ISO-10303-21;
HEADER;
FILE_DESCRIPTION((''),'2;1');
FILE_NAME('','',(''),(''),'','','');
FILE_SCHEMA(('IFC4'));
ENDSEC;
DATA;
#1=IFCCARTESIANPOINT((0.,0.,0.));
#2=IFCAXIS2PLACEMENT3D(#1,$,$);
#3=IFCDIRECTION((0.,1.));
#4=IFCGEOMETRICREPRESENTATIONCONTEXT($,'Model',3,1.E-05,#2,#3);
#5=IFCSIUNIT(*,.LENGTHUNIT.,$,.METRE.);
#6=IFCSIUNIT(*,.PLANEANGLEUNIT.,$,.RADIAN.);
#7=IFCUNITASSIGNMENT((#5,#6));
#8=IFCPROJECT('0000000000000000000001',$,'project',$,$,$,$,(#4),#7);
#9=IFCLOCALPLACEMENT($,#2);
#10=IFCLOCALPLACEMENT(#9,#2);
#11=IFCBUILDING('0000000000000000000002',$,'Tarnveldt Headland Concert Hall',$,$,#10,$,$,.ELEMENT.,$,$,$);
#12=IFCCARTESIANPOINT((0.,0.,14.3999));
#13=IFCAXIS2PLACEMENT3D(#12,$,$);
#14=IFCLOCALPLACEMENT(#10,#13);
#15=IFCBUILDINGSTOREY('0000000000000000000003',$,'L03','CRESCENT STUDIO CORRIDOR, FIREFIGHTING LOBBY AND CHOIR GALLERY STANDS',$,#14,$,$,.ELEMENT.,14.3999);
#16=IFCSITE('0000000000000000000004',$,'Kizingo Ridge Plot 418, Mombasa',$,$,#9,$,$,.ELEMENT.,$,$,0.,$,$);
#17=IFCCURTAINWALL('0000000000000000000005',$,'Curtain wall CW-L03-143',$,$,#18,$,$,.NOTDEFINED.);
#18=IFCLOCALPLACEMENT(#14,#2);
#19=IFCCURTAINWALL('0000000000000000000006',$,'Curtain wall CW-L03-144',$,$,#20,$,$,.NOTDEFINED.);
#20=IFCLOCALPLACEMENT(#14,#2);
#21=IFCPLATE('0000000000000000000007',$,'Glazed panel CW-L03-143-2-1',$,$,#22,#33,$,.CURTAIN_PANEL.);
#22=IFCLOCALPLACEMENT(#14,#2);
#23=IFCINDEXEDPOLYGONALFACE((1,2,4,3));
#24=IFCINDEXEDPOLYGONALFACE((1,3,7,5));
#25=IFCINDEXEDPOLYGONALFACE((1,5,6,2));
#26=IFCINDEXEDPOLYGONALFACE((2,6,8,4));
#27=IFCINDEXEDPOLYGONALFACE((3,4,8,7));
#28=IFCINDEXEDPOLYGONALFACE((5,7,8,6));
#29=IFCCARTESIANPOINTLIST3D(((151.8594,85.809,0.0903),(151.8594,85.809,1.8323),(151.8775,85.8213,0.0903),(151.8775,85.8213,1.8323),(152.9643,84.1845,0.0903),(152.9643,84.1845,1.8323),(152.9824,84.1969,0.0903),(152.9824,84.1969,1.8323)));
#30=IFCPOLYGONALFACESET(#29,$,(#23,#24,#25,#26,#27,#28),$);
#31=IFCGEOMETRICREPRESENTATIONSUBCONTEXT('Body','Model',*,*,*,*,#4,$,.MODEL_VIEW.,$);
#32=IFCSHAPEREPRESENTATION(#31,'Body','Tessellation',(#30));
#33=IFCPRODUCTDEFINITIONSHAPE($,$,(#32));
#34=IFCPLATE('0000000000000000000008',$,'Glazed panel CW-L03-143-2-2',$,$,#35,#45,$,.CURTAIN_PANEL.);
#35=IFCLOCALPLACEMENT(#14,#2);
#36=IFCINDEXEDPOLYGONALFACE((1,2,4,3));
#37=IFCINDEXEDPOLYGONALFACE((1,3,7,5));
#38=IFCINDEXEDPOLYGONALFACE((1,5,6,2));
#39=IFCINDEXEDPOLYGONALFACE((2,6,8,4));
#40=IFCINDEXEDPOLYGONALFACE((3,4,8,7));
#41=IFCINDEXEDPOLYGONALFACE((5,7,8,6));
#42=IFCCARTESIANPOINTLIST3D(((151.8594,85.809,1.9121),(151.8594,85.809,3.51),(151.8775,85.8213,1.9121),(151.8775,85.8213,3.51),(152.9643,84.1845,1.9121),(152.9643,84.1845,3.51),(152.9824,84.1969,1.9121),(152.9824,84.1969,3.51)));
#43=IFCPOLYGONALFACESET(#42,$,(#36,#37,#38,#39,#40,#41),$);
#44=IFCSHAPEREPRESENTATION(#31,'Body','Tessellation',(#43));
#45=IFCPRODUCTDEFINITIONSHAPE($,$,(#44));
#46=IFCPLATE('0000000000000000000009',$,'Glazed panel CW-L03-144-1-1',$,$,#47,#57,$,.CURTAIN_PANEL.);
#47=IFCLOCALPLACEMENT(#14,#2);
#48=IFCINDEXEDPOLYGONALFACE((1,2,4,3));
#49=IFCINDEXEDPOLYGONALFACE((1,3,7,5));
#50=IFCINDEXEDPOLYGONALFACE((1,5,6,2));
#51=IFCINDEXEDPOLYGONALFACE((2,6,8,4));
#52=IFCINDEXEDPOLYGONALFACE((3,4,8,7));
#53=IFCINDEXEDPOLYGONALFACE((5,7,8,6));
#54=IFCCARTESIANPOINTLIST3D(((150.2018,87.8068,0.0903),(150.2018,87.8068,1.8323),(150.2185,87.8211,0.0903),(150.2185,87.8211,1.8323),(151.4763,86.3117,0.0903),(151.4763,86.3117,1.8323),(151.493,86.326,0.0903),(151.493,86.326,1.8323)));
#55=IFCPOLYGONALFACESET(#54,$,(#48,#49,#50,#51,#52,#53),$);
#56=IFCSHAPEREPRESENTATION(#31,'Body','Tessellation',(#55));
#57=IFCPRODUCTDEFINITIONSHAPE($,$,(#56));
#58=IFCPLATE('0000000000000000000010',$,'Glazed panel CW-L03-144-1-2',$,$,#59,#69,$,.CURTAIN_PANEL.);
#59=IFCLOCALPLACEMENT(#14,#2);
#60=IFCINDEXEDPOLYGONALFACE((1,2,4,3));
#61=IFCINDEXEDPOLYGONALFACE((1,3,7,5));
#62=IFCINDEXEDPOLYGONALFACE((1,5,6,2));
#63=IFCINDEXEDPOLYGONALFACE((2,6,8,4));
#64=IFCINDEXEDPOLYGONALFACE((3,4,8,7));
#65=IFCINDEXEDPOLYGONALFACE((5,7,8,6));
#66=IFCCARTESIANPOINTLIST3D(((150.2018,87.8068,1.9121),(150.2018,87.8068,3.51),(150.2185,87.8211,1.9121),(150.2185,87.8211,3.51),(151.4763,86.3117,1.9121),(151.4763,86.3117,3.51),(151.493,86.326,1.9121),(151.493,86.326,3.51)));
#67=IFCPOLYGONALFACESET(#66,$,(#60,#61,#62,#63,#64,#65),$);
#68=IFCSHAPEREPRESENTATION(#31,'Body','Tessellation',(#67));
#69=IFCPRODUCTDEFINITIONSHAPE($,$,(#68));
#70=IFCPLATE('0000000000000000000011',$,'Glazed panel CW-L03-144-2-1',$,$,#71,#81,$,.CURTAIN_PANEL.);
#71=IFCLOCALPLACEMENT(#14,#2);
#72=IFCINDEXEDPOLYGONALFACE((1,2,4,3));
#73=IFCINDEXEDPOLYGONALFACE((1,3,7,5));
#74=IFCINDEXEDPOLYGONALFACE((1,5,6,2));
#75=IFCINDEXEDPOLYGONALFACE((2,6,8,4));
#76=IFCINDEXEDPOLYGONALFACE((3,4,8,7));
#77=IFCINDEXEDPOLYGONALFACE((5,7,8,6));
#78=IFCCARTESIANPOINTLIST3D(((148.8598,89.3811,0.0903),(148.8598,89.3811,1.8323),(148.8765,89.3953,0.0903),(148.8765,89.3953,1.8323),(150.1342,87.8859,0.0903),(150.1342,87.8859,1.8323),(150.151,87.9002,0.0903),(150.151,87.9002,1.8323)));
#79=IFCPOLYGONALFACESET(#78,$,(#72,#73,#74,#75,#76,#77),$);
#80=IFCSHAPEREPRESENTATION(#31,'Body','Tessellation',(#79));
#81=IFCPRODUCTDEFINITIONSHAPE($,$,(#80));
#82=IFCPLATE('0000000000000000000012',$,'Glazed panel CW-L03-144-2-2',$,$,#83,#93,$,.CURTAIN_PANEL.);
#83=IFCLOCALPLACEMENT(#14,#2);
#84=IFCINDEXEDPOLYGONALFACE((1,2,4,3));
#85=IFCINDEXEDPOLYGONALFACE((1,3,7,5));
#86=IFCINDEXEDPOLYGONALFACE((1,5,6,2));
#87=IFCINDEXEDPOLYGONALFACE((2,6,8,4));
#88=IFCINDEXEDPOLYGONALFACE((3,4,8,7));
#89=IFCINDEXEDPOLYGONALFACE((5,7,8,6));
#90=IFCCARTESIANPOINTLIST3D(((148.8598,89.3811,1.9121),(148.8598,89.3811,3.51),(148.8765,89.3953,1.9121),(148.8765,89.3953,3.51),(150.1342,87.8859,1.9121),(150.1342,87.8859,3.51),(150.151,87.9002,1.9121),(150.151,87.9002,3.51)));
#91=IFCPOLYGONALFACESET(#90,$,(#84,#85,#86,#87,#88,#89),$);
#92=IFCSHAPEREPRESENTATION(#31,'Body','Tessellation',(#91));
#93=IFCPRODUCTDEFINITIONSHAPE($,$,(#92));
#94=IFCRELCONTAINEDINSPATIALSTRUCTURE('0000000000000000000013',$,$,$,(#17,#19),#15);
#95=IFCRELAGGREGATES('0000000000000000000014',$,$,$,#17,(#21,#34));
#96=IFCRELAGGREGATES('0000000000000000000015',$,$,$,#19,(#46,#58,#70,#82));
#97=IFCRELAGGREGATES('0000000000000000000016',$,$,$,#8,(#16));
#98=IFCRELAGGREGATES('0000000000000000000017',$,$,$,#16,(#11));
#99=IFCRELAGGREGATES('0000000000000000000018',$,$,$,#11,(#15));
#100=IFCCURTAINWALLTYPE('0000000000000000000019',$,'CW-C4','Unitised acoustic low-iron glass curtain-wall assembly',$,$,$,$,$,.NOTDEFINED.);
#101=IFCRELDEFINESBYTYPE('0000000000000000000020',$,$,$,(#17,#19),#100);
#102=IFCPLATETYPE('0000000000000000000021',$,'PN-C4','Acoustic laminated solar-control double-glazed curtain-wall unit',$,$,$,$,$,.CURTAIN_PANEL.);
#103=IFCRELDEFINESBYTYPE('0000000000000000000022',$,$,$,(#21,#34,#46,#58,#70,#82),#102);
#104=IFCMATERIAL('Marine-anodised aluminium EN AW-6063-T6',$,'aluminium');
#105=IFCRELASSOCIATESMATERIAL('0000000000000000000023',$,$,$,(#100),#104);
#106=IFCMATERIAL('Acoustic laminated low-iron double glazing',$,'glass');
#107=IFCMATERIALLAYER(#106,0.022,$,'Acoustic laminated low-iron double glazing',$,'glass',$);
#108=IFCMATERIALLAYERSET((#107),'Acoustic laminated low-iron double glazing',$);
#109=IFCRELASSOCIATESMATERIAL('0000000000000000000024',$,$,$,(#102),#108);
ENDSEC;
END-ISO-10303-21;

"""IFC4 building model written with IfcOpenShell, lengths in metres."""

from ifc_helpers import new_model, si_unit, direction, frame, origin, origin_2d, place, context, subcontext, project, spatial, rectangle, extrude, material, layer, layer_set, type_object, element, aggregate, save


model = new_model("IFC4")

# Units and contexts
model_context = context("Model", 3, precision=1e-05, world=origin(), true_north=direction((0.0, 1.0)))
body_context = subcontext(model_context, "Body", "Model", "MODEL_VIEW")
ifc_project = project(units=[si_unit("LENGTHUNIT", "METRE"), si_unit("PLANEANGLEUNIT", "RADIAN")], contexts=[model_context])

# Site, building, storey
site_placement = place(None, origin())
site = spatial("IfcSite", under=ifc_project, at=site_placement, Name="Kizingo Ridge Plot 418, Mombasa", CompositionType="ELEMENT", RefElevation=0.0)
building_placement = place(site_placement, origin())
building = spatial("IfcBuilding", under=site, at=building_placement, Name="Tarnveldt Headland Concert Hall", CompositionType="ELEMENT")
storey_placement = place(building_placement, frame((0.0, 0.0, 14.3999)))
storey = spatial("IfcBuildingStorey", under=building, at=storey_placement, Name="L03", Description="CRESCENT STUDIO CORRIDOR, FIREFIGHTING LOBBY AND CHOIR GALLERY STANDS", CompositionType="ELEMENT", Elevation=14.3999)

# Curtain walls
ifc_material_1 = material(Name="Marine-anodised aluminium EN AW-6063-T6", Category="aluminium")
curtain_wall_type = type_object("IfcCurtainWallType", Name="CW-C4", Description="Unitised acoustic low-iron glass curtain-wall assembly", PredefinedType="NOTDEFINED", material=ifc_material_1)
curtain_wall_1_placement = place(storey_placement, origin())
curtain_wall_1 = element("IfcCurtainWall", 1, at=curtain_wall_1_placement, inside=storey, type_object=curtain_wall_type, Name="Curtain wall CW-L03-143", PredefinedType="NOTDEFINED")
curtain_wall_2_placement = place(storey_placement, origin())
curtain_wall_2 = element("IfcCurtainWall", 2, at=curtain_wall_2_placement, inside=storey, type_object=curtain_wall_type, Name="Curtain wall CW-L03-144", PredefinedType="NOTDEFINED")

# Plates
ifc_material_2 = material(Name="Acoustic laminated low-iron double glazing", Category="glass")
ifc_layer = layer(ifc_material_2, 0.022, Name="Acoustic laminated low-iron double glazing", Category="glass")
ifc_layer_set = layer_set([ifc_layer], Name="Acoustic laminated low-iron double glazing")
plate_type = type_object("IfcPlateType", Name="PN-C4", Description="Acoustic laminated solar-control double-glazed curtain-wall unit", PredefinedType="CURTAIN_PANEL", material=ifc_layer_set)
plate_1_placement = place(storey_placement, frame((152.4209, 85.0029, 0.0903), z_axis=(0.0, 0.0, 1.0), x_axis=(-0.562415, 0.826855, 0.0)))
plate_1 = element("IfcPlate", 3, at=plate_1_placement, type_object=plate_type, Name="Glazed panel CW-L03-143-2-1", PredefinedType="CURTAIN_PANEL", context=body_context, shape_type="SweptSolid", body=[
    extrude(rectangle(XDim=1.9646, YDim=0.022, at=origin_2d()), origin(), (0.0, 0.0, 1.0), 1.7419),
])
plate_2_placement = place(storey_placement, frame((152.4209, 85.0029, 1.9121), z_axis=(0.0, 0.0, 1.0), x_axis=(-0.562415, 0.826855, 0.0)))
plate_2 = element("IfcPlate", 4, at=plate_2_placement, type_object=plate_type, Name="Glazed panel CW-L03-143-2-2", PredefinedType="CURTAIN_PANEL", context=body_context, shape_type="SweptSolid", body=[
    extrude(rectangle(XDim=1.9646, YDim=0.022, at=origin_2d()), origin(), (0.0, 0.0, 1.0), 1.5979),
])
aggregate(curtain_wall_1, [plate_1, plate_2])
plate_3_placement = place(storey_placement, frame((150.8474, 87.0664, 0.0903), z_axis=(0.0, 0.0, 1.0), x_axis=(-0.648718, 0.761029, 0.0)))
plate_3 = element("IfcPlate", 5, at=plate_3_placement, type_object=plate_type, Name="Glazed panel CW-L03-144-1-1", PredefinedType="CURTAIN_PANEL", context=body_context, shape_type="SweptSolid", body=[
    extrude(rectangle(XDim=1.9646, YDim=0.022, at=origin_2d()), origin(), (0.0, 0.0, 1.0), 1.7419),
])
plate_4_placement = place(storey_placement, frame((150.8474, 87.0664, 1.9121), z_axis=(0.0, 0.0, 1.0), x_axis=(-0.648718, 0.761029, 0.0)))
plate_4 = element("IfcPlate", 6, at=plate_4_placement, type_object=plate_type, Name="Glazed panel CW-L03-144-1-2", PredefinedType="CURTAIN_PANEL", context=body_context, shape_type="SweptSolid", body=[
    extrude(rectangle(XDim=1.9646, YDim=0.022, at=origin_2d()), origin(), (0.0, 0.0, 1.0), 1.5979),
])
plate_5_placement = place(storey_placement, frame((149.5054, 88.6406, 0.0903), z_axis=(0.0, 0.0, 1.0), x_axis=(-0.648718, 0.761029, 0.0)))
plate_5 = element("IfcPlate", 7, at=plate_5_placement, type_object=plate_type, Name="Glazed panel CW-L03-144-2-1", PredefinedType="CURTAIN_PANEL", context=body_context, shape_type="SweptSolid", body=[
    extrude(rectangle(XDim=1.9646, YDim=0.022, at=origin_2d()), origin(), (0.0, 0.0, 1.0), 1.7419),
])
plate_6_placement = place(storey_placement, frame((149.5054, 88.6406, 1.9121), z_axis=(0.0, 0.0, 1.0), x_axis=(-0.648718, 0.761029, 0.0)))
plate_6 = element("IfcPlate", 8, at=plate_6_placement, type_object=plate_type, Name="Glazed panel CW-L03-144-2-2", PredefinedType="CURTAIN_PANEL", context=body_context, shape_type="SweptSolid", body=[
    extrude(rectangle(XDim=1.9646, YDim=0.022, at=origin_2d()), origin(), (0.0, 0.0, 1.0), 1.5979),
])
aggregate(curtain_wall_2, [plate_3, plate_4, plate_5, plate_6])

save(model, "model.ifc")
